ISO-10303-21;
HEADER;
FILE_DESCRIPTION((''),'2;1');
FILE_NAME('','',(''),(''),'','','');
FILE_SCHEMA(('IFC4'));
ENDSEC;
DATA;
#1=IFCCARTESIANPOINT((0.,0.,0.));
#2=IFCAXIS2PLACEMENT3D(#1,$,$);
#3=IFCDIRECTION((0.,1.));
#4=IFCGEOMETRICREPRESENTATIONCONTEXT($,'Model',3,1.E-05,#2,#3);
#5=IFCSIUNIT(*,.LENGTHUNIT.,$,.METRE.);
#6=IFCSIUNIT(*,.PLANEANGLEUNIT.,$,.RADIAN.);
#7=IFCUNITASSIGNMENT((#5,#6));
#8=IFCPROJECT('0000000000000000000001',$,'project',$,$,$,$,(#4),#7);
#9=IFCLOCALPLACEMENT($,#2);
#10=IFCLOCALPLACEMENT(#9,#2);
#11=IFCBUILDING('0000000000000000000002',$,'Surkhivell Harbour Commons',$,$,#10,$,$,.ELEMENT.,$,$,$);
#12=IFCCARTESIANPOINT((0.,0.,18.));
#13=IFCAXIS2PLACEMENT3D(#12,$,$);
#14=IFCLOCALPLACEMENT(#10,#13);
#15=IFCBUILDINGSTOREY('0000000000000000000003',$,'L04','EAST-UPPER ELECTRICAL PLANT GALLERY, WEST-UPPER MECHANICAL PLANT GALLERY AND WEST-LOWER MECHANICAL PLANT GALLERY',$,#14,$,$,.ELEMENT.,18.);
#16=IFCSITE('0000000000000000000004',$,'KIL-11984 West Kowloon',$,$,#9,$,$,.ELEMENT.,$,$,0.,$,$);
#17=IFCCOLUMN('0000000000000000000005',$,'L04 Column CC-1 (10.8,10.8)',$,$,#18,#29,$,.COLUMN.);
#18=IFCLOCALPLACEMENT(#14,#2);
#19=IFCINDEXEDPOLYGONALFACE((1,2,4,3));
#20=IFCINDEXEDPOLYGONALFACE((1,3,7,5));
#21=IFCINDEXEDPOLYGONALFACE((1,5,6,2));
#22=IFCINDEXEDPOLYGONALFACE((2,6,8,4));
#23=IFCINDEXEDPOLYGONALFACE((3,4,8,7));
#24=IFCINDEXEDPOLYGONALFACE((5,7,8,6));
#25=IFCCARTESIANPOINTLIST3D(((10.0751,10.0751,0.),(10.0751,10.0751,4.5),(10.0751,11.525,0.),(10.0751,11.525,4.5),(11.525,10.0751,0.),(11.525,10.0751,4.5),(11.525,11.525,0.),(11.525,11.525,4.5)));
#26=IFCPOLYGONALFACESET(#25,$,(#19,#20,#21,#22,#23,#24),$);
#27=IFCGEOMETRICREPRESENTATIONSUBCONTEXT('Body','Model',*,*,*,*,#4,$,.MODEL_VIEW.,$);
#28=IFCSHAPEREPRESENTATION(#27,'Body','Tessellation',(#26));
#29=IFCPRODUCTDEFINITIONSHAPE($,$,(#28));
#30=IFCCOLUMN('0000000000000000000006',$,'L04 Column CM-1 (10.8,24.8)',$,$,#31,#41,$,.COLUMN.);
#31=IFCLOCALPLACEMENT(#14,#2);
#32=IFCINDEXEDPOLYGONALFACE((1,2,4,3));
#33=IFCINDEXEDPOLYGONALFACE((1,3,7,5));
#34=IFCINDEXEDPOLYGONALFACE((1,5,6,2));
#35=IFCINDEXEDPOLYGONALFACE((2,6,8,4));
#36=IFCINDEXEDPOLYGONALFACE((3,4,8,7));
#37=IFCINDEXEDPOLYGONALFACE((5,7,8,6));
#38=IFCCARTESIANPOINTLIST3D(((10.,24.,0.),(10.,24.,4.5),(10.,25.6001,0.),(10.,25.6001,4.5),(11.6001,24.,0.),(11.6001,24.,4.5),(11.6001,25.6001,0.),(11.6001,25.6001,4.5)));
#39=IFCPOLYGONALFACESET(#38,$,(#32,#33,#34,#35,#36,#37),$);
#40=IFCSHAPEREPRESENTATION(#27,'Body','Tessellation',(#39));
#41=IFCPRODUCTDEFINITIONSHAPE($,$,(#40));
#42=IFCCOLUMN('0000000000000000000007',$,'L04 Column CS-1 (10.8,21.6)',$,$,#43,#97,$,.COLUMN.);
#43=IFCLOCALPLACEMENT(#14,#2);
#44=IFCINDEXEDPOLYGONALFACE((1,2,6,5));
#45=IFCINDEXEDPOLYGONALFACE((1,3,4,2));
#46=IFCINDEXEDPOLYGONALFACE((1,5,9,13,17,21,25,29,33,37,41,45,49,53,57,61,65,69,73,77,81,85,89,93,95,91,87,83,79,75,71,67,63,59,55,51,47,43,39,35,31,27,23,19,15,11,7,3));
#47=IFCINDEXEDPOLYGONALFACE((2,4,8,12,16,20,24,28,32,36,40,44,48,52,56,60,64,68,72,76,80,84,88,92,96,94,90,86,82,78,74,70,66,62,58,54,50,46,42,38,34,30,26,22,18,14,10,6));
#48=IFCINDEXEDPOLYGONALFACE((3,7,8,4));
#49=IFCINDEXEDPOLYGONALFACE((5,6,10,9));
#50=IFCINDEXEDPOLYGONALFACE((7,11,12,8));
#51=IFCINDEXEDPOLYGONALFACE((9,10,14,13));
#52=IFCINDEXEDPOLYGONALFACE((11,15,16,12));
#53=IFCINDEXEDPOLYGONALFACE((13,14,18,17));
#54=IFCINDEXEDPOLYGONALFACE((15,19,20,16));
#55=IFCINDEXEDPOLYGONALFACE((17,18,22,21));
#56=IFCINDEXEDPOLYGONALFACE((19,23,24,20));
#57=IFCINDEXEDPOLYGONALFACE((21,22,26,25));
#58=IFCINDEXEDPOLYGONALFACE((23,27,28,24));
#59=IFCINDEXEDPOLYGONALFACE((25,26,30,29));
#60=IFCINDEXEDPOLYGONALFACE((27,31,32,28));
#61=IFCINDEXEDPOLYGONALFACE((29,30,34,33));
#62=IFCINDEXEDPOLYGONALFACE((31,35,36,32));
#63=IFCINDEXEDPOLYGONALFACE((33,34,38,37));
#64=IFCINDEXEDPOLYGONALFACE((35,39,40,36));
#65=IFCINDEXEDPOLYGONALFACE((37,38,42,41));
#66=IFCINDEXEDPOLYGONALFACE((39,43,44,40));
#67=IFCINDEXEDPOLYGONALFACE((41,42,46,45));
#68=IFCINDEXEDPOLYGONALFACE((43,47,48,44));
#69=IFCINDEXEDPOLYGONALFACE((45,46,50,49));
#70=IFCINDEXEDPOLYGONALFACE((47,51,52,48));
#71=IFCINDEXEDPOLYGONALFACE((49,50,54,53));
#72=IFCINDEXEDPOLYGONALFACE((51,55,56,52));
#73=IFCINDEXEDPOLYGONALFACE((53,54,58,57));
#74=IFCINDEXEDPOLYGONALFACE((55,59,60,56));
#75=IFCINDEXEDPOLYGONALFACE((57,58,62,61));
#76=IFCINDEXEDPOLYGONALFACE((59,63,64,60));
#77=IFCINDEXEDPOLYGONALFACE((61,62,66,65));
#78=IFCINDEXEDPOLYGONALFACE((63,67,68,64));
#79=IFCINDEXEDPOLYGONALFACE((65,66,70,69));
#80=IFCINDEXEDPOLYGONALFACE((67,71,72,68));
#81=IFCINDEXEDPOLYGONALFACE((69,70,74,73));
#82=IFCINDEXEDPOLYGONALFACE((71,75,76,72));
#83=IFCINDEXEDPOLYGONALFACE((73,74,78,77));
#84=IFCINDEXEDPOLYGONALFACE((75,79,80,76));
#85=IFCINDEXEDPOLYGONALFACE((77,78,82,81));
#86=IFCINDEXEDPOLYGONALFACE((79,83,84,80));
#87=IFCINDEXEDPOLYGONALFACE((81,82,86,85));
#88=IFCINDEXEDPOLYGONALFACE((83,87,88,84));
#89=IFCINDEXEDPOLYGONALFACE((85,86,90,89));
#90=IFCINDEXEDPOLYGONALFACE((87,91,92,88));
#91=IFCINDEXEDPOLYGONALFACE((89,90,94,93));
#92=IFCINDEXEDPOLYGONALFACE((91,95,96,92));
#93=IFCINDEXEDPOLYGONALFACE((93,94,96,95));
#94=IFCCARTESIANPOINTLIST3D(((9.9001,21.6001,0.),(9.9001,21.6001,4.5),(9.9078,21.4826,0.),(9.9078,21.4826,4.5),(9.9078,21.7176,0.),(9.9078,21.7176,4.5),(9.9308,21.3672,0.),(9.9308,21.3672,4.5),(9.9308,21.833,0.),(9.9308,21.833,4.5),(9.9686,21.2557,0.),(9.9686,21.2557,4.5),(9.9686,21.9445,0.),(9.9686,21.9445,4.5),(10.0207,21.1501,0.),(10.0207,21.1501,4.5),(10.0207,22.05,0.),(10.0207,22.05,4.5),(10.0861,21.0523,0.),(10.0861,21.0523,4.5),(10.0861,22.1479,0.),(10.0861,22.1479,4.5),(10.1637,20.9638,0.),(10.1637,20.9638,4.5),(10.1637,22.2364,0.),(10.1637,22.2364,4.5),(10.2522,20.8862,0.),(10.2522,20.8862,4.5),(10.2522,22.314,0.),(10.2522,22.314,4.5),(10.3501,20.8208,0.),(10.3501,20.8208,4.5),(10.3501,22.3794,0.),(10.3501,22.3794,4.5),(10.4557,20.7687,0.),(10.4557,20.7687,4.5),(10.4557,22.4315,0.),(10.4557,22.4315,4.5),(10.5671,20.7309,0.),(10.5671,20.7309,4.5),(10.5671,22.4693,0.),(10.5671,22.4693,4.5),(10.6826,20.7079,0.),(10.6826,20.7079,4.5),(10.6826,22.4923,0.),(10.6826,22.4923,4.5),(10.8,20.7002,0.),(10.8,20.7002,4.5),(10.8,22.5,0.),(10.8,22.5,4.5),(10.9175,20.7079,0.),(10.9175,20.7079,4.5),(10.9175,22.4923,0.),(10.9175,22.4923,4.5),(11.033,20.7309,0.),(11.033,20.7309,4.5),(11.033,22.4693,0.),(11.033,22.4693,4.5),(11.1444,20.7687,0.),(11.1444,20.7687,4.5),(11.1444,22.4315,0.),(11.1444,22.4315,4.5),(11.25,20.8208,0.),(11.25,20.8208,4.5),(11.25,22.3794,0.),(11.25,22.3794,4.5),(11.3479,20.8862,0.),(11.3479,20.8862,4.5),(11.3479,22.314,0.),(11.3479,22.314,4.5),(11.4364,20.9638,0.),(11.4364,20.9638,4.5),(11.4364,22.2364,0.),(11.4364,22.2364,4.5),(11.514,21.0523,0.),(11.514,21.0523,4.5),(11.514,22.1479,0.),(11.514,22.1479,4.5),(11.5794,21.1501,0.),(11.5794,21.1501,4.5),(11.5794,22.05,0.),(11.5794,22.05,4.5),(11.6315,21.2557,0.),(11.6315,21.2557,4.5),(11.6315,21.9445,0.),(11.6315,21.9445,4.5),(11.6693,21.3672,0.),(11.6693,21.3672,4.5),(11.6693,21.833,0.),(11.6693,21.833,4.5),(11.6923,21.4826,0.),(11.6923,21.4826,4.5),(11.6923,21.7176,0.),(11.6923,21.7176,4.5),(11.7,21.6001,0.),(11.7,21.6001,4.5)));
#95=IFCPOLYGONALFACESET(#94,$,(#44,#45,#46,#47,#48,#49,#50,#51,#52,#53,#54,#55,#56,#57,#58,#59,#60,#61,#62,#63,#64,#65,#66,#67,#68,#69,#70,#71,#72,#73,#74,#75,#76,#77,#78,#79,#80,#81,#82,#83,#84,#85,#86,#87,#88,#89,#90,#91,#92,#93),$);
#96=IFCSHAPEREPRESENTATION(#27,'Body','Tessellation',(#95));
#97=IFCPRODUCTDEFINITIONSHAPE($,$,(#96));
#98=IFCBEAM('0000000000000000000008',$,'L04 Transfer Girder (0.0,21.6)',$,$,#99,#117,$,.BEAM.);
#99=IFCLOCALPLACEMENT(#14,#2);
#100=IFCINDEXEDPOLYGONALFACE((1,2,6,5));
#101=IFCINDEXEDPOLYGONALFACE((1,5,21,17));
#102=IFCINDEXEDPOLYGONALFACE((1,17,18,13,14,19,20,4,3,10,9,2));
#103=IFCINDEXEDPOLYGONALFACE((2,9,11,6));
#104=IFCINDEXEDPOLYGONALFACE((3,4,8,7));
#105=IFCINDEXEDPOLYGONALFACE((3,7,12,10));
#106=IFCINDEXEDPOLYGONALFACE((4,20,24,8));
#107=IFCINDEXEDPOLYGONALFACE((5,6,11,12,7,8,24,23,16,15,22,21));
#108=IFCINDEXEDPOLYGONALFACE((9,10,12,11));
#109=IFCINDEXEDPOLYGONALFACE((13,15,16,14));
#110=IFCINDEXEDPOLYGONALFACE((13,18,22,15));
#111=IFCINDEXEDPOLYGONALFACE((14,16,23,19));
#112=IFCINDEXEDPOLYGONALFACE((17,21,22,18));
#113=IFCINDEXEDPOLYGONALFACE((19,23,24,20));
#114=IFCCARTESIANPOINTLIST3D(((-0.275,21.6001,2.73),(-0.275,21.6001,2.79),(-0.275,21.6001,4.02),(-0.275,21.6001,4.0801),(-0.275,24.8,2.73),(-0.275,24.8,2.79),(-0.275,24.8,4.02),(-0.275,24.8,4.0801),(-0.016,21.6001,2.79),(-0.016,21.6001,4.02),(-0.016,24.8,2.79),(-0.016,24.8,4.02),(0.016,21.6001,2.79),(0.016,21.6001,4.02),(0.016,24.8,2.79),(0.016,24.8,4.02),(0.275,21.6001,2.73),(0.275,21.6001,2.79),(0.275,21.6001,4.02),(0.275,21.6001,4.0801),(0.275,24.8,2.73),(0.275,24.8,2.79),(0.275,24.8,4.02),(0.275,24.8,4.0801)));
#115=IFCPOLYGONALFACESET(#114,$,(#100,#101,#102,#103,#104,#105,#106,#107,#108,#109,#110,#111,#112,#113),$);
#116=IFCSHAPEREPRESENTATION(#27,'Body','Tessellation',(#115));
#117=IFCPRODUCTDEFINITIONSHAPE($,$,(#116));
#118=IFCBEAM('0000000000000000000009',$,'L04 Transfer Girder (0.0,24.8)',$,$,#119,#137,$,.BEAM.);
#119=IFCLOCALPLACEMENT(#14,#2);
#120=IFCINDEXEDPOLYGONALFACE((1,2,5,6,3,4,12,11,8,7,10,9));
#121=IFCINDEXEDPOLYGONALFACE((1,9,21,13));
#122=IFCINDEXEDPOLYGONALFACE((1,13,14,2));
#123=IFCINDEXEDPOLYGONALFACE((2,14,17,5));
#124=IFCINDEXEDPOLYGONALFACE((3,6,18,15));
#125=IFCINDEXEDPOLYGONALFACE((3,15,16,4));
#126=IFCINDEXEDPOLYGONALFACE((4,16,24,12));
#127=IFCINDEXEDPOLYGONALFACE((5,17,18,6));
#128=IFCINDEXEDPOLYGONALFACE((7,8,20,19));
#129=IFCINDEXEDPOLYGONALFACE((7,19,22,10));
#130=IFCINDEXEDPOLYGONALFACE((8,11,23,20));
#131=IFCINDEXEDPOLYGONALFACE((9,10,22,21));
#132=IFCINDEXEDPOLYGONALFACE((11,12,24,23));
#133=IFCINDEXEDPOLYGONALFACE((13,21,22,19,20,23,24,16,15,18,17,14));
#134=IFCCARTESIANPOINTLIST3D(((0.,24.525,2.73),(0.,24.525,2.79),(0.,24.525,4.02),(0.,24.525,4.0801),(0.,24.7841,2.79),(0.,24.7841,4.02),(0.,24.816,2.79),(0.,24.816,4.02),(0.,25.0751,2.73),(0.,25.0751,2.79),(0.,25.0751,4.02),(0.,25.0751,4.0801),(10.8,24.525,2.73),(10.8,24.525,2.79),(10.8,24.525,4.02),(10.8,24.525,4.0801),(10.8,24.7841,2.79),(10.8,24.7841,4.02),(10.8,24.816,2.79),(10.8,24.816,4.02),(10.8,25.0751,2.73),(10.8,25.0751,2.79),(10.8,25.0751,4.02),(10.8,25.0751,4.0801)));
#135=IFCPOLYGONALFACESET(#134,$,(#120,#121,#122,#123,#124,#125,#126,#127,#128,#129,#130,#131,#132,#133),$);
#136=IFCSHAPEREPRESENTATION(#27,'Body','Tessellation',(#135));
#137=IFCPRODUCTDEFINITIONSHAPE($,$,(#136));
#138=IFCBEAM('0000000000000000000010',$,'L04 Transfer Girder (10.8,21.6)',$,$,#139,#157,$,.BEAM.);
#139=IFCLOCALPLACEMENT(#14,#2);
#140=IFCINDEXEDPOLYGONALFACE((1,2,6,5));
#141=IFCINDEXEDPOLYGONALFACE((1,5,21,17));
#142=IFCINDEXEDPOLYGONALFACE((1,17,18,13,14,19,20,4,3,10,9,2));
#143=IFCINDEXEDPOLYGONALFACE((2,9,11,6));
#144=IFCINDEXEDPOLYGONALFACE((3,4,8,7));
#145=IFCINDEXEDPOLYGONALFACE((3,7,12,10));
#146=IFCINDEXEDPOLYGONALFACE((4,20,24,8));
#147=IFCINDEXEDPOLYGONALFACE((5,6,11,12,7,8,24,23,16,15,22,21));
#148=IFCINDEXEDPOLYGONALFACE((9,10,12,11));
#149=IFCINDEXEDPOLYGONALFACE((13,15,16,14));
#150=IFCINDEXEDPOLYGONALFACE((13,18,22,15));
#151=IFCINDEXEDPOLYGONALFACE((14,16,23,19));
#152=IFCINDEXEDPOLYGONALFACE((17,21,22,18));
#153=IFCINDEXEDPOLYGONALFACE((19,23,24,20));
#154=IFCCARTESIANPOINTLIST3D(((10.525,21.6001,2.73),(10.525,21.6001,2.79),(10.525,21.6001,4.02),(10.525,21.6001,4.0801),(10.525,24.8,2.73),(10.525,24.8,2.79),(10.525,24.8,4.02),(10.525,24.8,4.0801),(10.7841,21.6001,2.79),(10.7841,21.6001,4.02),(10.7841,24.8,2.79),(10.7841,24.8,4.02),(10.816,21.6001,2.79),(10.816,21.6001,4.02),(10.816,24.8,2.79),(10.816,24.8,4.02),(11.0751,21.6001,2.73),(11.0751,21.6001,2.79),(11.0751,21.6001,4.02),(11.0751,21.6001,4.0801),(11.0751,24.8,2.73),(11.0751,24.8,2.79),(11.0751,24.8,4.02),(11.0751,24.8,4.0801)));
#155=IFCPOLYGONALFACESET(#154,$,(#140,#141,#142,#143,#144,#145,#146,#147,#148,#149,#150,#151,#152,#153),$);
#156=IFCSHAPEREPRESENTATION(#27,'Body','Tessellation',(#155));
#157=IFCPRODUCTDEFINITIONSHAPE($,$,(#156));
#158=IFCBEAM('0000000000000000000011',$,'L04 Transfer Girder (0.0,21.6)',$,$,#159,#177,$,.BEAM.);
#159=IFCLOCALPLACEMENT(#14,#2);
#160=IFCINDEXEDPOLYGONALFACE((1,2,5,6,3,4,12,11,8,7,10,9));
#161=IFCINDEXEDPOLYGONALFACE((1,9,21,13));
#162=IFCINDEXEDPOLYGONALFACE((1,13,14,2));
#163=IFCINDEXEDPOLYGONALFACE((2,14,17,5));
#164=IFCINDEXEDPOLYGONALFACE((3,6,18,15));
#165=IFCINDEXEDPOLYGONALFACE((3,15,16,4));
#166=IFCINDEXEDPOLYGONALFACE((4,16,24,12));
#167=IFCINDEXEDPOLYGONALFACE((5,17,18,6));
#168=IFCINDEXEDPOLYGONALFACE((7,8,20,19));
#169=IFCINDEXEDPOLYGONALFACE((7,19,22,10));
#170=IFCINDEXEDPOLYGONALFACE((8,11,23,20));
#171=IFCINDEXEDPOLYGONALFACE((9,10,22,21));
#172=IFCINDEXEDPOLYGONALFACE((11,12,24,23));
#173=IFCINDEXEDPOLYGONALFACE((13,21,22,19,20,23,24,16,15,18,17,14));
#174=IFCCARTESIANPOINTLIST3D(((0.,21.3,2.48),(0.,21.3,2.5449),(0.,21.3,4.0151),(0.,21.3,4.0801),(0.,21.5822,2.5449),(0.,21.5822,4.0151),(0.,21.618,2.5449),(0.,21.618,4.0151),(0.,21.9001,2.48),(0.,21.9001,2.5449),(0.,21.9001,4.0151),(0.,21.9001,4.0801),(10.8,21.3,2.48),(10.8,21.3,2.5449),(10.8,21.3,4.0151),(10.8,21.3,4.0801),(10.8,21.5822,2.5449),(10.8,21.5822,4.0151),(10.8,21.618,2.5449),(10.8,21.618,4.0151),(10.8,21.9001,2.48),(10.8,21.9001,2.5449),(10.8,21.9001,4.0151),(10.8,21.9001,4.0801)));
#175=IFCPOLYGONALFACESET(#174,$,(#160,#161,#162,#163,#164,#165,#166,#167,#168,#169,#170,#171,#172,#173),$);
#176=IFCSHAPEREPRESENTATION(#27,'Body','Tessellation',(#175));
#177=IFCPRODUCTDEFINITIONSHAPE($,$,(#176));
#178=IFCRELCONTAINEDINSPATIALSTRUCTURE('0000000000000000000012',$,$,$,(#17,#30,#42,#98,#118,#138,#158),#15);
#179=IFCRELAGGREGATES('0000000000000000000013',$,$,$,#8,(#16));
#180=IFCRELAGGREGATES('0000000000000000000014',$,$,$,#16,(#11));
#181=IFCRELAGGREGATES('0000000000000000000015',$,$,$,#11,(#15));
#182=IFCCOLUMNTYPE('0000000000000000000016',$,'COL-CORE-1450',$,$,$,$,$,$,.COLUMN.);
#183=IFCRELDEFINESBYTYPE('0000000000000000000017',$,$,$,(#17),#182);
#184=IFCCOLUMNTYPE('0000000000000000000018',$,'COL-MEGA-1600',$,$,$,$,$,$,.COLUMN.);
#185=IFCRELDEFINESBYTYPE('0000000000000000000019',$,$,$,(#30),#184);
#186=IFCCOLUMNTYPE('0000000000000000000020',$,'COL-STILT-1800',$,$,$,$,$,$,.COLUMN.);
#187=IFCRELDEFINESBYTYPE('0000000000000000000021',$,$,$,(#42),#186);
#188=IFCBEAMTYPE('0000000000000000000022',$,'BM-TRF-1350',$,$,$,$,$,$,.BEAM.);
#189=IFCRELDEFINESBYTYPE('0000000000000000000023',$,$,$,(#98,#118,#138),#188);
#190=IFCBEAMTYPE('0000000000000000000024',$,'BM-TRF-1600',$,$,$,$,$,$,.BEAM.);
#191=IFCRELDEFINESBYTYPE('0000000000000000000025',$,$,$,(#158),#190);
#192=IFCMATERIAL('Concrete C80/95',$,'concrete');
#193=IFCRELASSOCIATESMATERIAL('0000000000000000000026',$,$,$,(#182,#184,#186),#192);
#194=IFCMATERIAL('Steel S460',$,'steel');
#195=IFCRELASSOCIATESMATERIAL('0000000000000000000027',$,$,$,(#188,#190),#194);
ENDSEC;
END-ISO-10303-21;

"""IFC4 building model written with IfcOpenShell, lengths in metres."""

from ifc_helpers import new_model, si_unit, direction, frame, origin, origin_2d, place, context, subcontext, project, spatial, rectangle, circle, i_section, extrude, material, material_profile, profile_set, type_object, element, save


model = new_model("IFC4")

# Units and contexts
model_context = context("Model", 3, precision=1e-05, world=origin(), true_north=direction((0.0, 1.0)))
body_context = subcontext(model_context, "Body", "Model", "MODEL_VIEW")
ifc_project = project(units=[si_unit("LENGTHUNIT", "METRE"), si_unit("PLANEANGLEUNIT", "RADIAN")], contexts=[model_context])

# Site, building, storey
site_placement = place(None, origin())
site = spatial("IfcSite", under=ifc_project, at=site_placement, Name="KIL-11984 West Kowloon", CompositionType="ELEMENT", RefElevation=0.0)
building_placement = place(site_placement, origin())
building = spatial("IfcBuilding", under=site, at=building_placement, Name="Surkhivell Harbour Commons", CompositionType="ELEMENT")
storey_placement = place(building_placement, frame((0.0, 0.0, 18.0)))
storey = spatial("IfcBuildingStorey", under=building, at=storey_placement, Name="L04", Description="EAST-UPPER ELECTRICAL PLANT GALLERY, WEST-UPPER MECHANICAL PLANT GALLERY AND WEST-LOWER MECHANICAL PLANT GALLERY", CompositionType="ELEMENT", Elevation=18.0)

# Columns
ifc_material_1 = material(Name="Concrete C80/95", Category="concrete")
ifc_material_profile_1 = material_profile(ifc_material_1, rectangle(XDim=1.45, YDim=1.45, at=origin_2d()), Name="RC-COL-1450x1450")
ifc_profile_set_1 = profile_set([ifc_material_profile_1], Name="Concrete C80/95")
column_type_1 = type_object("IfcColumnType", Name="COL-CORE-1450", PredefinedType="COLUMN", material=ifc_profile_set_1)
column_1_placement = place(storey_placement, frame((10.8, 10.8, 0.0), z_axis=(0.0, 0.0, 1.0), x_axis=(1.0, 0.0, 0.0)))
element("IfcColumn", 1, at=column_1_placement, inside=storey, type_object=column_type_1, Name="L04 Column CC-1 (10.8,10.8)", PredefinedType="COLUMN", context=body_context, shape_type="SweptSolid", body=[
    extrude(rectangle(XDim=1.45, YDim=1.45, at=origin_2d()), origin(), (0.0, 0.0, 1.0), 4.5),
])
ifc_material_profile_2 = material_profile(ifc_material_1, rectangle(XDim=1.6001, YDim=1.6001, at=origin_2d()), Name="RC-COL-1600x1600")
ifc_profile_set_2 = profile_set([ifc_material_profile_2], Name="Concrete C80/95")
column_type_2 = type_object("IfcColumnType", Name="COL-MEGA-1600", PredefinedType="COLUMN", material=ifc_profile_set_2)
column_2_placement = place(storey_placement, frame((10.8, 24.8, 0.0), z_axis=(0.0, 0.0, 1.0), x_axis=(1.0, 0.0, 0.0)))
element("IfcColumn", 2, at=column_2_placement, inside=storey, type_object=column_type_2, Name="L04 Column CM-1 (10.8,24.8)", PredefinedType="COLUMN", context=body_context, shape_type="SweptSolid", body=[
    extrude(rectangle(XDim=1.6001, YDim=1.6001, at=origin_2d()), origin(), (0.0, 0.0, 1.0), 4.5),
])
ifc_material_profile_3 = material_profile(ifc_material_1, circle(Radius=0.8999, at=origin_2d()), Name="RC-CIRC-1800")
ifc_profile_set_3 = profile_set([ifc_material_profile_3], Name="Concrete C80/95")
column_type_3 = type_object("IfcColumnType", Name="COL-STILT-1800", PredefinedType="COLUMN", material=ifc_profile_set_3)
column_3_placement = place(storey_placement, frame((10.8, 21.6001, 0.0), z_axis=(0.0, 0.0, 1.0), x_axis=(1.0, 0.0, 0.0)))
element("IfcColumn", 3, at=column_3_placement, inside=storey, type_object=column_type_3, Name="L04 Column CS-1 (10.8,21.6)", PredefinedType="COLUMN", context=body_context, shape_type="SweptSolid", body=[
    extrude(circle(Radius=0.8999, at=origin_2d()), origin(), (0.0, 0.0, 1.0), 4.5),
])

# Beams
ifc_material_2 = material(Name="Steel S460", Category="steel")
ifc_material_profile_4 = material_profile(ifc_material_2, i_section(OverallWidth=0.55, OverallDepth=1.3501, WebThickness=0.032, FlangeThickness=0.0601, at=origin_2d()), Name="WPG1350x550x248")
ifc_profile_set_4 = profile_set([ifc_material_profile_4], Name="Steel S460")
beam_type_1 = type_object("IfcBeamType", Name="BM-TRF-1350", PredefinedType="BEAM", material=ifc_profile_set_4)
beam_1_placement = place(storey_placement, frame((0.0, 21.6001, 3.405), z_axis=(0.0, 1.0, 0.0), x_axis=(-1.0, 0.0, 0.0)))
element("IfcBeam", 4, at=beam_1_placement, inside=storey, type_object=beam_type_1, Name="L04 Transfer Girder (0.0,21.6)", PredefinedType="BEAM", context=body_context, shape_type="SweptSolid", body=[
    extrude(i_section(OverallWidth=0.55, OverallDepth=1.3501, WebThickness=0.032, FlangeThickness=0.0601, at=origin_2d()), origin(), (0.0, 0.0, 1.0), 3.2),
])
beam_2_placement = place(storey_placement, frame((0.0, 24.8, 3.405), z_axis=(1.0, 0.0, 0.0), x_axis=(0.0, 1.0, 0.0)))
element("IfcBeam", 5, at=beam_2_placement, inside=storey, type_object=beam_type_1, Name="L04 Transfer Girder (0.0,24.8)", PredefinedType="BEAM", context=body_context, shape_type="SweptSolid", body=[
    extrude(i_section(OverallWidth=0.55, OverallDepth=1.3501, WebThickness=0.032, FlangeThickness=0.0601, at=origin_2d()), origin(), (0.0, 0.0, 1.0), 10.8),
])
beam_3_placement = place(storey_placement, frame((10.8, 21.6001, 3.405), z_axis=(0.0, 1.0, 0.0), x_axis=(-1.0, 0.0, 0.0)))
element("IfcBeam", 6, at=beam_3_placement, inside=storey, type_object=beam_type_1, Name="L04 Transfer Girder (10.8,21.6)", PredefinedType="BEAM", context=body_context, shape_type="SweptSolid", body=[
    extrude(i_section(OverallWidth=0.55, OverallDepth=1.3501, WebThickness=0.032, FlangeThickness=0.0601, at=origin_2d()), origin(), (0.0, 0.0, 1.0), 3.2),
])
ifc_material_profile_5 = material_profile(ifc_material_2, i_section(OverallWidth=0.6001, OverallDepth=1.6001, WebThickness=0.0359, FlangeThickness=0.0649, at=origin_2d()), Name="WPG1600x600x296")
ifc_profile_set_5 = profile_set([ifc_material_profile_5], Name="Steel S460")
beam_type_2 = type_object("IfcBeamType", Name="BM-TRF-1600", PredefinedType="BEAM", material=ifc_profile_set_5)
for number, where, z_axis, x_axis, name in (
    (7, (0.0, 21.6001, 3.28), (1.0, 0.0, 0.0), (0.0, 1.0, 0.0), "L04 Transfer Girder (0.0,21.6)"),
):
    element("IfcBeam", number, at=place(storey_placement, frame(where, z_axis=z_axis, x_axis=x_axis)), inside=storey, type_object=beam_type_2, Name=name, PredefinedType="BEAM", context=body_context, shape_type="SweptSolid", body=[
        extrude(i_section(OverallWidth=0.6001, OverallDepth=1.6001, WebThickness=0.0359, FlangeThickness=0.0649, at=origin_2d()), origin(), (0.0, 0.0, 1.0), 10.8),
    ])

save(model, "model.ifc")
